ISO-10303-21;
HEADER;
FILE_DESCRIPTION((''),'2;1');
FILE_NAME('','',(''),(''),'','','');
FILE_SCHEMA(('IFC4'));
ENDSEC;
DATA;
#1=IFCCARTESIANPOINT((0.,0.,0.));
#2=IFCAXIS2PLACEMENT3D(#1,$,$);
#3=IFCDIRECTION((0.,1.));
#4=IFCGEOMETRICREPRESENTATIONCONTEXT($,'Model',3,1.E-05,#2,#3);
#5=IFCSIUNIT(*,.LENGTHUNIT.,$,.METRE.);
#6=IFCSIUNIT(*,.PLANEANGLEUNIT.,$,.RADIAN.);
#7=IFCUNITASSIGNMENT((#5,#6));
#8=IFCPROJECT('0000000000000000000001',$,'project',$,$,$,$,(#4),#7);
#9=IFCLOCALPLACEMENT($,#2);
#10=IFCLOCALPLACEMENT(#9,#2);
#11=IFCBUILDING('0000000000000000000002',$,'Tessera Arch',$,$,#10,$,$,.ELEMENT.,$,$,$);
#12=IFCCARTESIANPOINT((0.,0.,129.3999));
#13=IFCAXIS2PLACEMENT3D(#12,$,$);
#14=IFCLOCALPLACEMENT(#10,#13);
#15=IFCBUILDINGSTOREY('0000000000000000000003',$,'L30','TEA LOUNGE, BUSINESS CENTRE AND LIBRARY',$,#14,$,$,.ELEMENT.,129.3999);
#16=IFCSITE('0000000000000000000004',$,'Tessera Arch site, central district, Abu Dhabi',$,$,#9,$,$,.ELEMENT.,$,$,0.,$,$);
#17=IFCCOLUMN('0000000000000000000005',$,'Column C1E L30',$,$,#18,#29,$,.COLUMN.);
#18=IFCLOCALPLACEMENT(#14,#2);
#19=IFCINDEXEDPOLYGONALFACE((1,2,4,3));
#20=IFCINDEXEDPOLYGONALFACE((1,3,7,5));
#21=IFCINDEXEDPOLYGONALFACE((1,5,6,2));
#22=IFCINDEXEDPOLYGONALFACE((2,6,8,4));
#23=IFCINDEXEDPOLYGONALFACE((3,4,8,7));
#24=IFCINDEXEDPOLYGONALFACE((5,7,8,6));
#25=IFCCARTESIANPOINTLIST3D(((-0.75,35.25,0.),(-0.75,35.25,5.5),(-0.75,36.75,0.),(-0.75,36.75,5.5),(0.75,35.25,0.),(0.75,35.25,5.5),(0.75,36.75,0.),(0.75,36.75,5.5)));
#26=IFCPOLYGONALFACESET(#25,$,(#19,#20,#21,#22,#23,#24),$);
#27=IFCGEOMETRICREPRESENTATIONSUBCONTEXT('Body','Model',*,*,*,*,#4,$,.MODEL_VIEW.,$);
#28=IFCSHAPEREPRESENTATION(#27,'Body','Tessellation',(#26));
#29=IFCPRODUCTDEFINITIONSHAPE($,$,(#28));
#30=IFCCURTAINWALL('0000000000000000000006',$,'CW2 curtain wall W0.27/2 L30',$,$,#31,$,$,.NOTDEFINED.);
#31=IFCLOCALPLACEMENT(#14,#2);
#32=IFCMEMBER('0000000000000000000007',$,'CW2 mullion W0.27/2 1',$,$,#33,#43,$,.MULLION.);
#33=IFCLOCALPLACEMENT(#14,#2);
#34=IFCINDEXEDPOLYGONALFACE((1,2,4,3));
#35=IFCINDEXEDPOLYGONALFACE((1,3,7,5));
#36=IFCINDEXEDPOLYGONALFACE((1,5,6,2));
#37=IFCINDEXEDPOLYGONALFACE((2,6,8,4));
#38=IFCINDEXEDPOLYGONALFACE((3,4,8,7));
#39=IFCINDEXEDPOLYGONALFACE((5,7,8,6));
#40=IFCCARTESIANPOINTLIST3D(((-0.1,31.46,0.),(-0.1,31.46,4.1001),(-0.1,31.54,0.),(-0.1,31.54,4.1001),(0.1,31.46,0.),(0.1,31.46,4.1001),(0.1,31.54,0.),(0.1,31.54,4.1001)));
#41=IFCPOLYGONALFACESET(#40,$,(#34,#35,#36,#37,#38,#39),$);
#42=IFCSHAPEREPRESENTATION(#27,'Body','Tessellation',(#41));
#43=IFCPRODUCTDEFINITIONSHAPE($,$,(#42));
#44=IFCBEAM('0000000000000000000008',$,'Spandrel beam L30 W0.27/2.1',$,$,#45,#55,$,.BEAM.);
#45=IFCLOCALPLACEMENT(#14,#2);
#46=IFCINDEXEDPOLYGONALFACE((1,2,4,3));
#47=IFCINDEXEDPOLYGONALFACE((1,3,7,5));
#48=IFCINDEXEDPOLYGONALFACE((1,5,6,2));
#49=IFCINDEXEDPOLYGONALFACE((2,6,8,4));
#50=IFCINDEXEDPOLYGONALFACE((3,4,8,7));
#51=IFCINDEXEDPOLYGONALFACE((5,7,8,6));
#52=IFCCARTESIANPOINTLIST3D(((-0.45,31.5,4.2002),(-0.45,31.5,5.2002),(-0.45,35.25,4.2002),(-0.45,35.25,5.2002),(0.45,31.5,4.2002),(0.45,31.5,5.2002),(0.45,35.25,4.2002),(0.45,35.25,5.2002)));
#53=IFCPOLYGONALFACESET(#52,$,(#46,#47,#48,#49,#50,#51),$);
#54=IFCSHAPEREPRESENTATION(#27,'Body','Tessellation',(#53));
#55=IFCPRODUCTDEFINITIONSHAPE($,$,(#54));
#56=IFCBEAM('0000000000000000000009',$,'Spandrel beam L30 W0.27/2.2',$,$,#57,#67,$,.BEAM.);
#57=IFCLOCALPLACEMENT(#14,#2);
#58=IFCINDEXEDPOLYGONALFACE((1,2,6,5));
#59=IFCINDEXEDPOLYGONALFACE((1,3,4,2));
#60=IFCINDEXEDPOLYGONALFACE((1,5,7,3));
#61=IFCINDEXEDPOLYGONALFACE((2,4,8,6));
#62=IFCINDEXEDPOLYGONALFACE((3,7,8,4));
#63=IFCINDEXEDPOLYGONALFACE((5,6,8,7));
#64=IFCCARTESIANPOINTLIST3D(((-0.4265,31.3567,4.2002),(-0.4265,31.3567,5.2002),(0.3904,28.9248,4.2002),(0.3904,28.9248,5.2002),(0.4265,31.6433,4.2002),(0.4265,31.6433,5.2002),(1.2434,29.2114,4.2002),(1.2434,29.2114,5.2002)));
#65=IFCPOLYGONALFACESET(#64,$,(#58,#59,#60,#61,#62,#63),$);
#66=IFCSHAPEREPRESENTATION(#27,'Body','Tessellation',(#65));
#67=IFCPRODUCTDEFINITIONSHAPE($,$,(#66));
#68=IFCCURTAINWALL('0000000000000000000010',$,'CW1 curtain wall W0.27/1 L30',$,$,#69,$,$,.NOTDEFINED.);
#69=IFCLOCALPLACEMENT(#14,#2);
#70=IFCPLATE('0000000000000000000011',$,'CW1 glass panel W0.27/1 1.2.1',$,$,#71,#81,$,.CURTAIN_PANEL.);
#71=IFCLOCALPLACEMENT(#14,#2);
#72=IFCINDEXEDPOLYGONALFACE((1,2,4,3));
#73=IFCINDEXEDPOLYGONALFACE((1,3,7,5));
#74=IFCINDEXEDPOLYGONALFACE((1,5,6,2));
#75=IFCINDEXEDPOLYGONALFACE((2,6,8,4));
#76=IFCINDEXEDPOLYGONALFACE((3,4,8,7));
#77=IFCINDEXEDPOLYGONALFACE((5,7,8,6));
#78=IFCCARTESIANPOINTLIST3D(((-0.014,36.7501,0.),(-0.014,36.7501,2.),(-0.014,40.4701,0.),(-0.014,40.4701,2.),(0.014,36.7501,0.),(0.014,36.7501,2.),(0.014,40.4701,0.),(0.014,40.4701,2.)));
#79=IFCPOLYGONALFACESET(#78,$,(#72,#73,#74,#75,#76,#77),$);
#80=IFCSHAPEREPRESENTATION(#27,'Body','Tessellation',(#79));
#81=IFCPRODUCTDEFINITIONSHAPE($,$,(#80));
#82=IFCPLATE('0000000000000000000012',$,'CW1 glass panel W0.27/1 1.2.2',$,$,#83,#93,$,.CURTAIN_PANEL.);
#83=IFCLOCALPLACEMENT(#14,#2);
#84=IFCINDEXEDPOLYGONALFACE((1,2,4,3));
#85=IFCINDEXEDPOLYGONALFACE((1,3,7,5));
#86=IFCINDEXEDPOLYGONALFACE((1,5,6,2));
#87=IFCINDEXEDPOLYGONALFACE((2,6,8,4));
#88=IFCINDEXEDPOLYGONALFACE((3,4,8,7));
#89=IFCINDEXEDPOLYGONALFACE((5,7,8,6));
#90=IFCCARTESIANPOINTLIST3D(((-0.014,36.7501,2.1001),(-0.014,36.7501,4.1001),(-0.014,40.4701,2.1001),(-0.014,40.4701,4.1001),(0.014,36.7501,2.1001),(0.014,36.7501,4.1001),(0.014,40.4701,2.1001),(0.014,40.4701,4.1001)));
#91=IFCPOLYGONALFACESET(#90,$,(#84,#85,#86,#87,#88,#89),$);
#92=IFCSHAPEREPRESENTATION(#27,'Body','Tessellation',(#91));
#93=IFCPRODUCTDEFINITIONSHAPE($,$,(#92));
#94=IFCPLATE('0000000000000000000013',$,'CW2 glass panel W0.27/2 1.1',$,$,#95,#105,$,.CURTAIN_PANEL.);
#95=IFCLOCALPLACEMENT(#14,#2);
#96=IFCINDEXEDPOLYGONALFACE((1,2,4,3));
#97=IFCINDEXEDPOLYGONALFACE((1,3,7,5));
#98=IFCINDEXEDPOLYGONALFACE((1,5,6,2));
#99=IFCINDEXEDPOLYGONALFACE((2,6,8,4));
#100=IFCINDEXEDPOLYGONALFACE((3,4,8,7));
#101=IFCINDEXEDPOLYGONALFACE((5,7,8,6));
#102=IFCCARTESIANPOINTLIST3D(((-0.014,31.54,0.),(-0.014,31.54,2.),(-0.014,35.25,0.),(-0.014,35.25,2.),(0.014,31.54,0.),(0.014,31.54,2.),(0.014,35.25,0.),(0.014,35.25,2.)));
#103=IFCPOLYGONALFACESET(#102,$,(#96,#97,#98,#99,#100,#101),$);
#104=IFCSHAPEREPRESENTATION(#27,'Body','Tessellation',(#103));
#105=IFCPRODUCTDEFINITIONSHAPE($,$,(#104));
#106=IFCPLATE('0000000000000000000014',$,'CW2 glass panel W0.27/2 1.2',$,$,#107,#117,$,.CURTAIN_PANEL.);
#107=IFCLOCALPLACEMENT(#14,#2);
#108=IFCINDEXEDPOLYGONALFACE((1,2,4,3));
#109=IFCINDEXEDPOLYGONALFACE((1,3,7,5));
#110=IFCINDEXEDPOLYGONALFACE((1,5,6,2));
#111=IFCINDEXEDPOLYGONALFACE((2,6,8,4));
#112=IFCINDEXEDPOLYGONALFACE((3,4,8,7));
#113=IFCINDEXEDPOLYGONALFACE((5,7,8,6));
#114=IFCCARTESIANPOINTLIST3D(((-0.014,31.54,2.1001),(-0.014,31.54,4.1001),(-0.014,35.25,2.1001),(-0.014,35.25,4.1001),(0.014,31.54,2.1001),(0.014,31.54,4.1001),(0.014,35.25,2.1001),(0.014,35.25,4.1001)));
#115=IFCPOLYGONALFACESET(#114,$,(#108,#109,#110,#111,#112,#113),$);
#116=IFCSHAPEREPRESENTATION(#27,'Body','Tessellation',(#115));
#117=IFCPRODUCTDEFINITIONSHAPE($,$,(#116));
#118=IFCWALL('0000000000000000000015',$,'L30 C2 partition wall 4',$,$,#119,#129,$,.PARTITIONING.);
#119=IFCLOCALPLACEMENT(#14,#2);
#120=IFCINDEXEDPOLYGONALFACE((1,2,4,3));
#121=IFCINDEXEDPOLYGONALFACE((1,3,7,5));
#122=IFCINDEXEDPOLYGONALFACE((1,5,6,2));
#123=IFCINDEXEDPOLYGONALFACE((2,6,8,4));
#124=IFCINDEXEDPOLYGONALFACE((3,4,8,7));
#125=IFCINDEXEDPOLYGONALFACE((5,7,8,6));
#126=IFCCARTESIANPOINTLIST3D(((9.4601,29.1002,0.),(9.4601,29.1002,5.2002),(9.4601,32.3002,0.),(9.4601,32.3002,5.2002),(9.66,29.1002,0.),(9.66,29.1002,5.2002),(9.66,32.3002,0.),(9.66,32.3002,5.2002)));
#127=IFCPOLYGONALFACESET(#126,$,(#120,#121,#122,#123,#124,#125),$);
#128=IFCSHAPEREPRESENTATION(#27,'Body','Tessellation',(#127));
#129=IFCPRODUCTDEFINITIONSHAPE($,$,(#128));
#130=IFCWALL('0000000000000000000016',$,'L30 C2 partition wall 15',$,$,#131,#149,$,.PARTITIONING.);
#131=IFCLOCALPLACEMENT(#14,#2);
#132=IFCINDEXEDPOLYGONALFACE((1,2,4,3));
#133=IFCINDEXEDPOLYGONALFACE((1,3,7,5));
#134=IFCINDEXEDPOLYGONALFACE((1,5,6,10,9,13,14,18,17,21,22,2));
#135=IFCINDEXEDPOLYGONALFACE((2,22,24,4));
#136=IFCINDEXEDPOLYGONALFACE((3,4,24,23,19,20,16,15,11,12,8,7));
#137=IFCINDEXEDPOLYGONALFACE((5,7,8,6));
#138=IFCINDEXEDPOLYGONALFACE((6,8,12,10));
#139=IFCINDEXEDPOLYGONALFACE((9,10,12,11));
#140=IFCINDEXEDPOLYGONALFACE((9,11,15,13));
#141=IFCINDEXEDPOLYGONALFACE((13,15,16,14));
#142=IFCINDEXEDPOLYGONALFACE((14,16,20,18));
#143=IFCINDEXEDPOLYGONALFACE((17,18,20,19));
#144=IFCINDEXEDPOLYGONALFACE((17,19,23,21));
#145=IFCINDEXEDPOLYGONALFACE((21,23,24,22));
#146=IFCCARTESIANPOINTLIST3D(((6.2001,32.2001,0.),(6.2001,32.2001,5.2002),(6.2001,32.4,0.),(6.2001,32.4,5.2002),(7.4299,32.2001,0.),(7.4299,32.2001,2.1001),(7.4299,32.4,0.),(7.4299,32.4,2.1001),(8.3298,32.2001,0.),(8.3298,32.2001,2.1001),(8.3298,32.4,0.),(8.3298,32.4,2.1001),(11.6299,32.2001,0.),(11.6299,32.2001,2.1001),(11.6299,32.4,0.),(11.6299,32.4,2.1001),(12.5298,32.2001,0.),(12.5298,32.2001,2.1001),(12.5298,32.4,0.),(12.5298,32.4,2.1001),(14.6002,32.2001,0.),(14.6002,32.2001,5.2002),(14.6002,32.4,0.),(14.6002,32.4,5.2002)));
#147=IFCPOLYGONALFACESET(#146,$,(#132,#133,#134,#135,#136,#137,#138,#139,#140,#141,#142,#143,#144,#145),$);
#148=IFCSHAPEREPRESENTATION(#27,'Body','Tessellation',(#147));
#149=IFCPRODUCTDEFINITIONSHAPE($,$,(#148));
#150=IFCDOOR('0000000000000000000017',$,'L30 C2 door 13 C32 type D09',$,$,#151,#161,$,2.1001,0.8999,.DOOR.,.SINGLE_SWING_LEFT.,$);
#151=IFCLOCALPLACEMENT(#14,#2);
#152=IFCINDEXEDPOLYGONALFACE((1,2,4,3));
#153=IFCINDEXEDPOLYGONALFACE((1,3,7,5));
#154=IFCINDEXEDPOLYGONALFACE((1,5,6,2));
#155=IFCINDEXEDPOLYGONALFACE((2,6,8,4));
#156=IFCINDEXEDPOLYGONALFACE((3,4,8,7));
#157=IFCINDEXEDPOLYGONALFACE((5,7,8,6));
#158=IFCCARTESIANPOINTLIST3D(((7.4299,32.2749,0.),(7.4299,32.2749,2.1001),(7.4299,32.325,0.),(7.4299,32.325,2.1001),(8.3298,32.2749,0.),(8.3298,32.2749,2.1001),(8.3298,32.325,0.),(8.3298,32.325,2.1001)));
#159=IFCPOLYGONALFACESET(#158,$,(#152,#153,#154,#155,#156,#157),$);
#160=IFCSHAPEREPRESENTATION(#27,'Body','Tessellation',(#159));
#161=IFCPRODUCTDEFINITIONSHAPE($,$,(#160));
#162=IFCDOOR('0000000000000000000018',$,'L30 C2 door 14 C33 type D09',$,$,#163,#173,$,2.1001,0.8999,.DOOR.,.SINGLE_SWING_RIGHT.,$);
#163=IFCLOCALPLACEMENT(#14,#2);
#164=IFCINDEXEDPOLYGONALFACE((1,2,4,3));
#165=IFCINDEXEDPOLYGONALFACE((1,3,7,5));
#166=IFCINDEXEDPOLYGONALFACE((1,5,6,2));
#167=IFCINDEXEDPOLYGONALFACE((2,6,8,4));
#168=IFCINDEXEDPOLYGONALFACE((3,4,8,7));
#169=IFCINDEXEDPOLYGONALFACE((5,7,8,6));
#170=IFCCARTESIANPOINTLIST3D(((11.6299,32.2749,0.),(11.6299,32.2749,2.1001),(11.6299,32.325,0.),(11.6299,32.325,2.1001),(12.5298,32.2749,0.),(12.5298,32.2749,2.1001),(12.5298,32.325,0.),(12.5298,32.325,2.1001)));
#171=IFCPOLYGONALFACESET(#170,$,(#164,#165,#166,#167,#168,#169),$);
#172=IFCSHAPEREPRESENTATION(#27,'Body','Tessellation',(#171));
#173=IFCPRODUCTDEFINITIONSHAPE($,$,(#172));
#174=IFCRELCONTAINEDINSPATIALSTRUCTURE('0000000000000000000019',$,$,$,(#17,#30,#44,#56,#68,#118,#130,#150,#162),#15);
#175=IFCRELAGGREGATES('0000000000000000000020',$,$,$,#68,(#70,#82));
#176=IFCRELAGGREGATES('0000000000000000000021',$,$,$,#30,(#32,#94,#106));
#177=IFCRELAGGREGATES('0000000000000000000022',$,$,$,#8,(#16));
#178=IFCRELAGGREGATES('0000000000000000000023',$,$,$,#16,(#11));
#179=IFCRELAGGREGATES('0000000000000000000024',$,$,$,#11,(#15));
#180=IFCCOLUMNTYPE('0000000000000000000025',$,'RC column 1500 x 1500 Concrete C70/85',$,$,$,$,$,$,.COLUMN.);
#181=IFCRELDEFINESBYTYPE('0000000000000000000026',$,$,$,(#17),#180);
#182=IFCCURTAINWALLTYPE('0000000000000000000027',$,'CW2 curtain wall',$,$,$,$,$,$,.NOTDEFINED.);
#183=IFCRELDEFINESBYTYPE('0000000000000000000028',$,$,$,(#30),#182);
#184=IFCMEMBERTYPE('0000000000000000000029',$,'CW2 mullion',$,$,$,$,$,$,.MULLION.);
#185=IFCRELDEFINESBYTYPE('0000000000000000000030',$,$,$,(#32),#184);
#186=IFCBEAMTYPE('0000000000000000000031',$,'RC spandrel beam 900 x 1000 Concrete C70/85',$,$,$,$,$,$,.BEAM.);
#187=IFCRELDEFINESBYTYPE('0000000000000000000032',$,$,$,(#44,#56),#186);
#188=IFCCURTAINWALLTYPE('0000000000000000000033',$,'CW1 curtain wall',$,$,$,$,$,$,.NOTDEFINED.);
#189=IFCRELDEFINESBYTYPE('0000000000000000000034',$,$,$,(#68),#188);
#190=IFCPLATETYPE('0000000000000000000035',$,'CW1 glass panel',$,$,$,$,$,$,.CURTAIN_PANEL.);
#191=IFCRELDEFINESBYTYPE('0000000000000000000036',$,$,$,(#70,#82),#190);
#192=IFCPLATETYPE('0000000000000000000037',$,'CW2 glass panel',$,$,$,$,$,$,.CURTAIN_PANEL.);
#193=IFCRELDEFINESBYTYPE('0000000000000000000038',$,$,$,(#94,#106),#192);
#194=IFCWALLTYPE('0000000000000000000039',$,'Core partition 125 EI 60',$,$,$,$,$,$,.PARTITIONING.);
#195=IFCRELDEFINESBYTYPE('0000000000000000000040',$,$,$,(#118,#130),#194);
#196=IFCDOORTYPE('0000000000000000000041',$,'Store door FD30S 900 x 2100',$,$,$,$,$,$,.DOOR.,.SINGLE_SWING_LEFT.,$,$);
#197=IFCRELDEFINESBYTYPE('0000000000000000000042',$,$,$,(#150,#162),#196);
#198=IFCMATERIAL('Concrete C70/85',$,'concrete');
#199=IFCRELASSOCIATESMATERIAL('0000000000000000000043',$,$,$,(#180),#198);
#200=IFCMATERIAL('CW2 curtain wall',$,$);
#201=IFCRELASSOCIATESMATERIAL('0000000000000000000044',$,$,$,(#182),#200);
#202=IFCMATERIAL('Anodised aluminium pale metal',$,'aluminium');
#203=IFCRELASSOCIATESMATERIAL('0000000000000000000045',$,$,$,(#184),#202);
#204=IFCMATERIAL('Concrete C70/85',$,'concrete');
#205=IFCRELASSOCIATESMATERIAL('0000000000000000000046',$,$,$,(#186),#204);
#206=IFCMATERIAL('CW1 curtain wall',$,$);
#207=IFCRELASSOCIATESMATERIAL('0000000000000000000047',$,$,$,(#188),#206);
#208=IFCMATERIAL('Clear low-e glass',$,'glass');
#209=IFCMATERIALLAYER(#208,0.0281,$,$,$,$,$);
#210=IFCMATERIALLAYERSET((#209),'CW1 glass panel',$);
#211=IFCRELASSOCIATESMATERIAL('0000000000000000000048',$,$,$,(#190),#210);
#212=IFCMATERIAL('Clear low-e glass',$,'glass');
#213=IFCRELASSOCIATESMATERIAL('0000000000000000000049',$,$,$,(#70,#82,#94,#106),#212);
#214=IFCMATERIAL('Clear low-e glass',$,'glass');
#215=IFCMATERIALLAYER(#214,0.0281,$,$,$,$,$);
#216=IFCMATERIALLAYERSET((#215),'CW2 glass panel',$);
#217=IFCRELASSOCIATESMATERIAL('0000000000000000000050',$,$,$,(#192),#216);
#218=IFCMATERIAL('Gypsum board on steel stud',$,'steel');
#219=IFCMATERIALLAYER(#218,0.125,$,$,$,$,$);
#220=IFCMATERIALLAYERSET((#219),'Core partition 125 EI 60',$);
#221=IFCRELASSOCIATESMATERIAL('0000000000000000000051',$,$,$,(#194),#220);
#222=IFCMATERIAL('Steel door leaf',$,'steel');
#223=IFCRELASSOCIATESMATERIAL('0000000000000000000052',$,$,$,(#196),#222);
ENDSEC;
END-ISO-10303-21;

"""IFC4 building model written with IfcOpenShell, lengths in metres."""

from ifc_helpers import new_model, si_unit, direction, frame, frame_2d, origin, origin_2d, place, context, subcontext, project, spatial, rectangle, extrude, material, layer, layer_set, material_profile, profile_set, type_object, element, fill, aggregate, save


model = new_model("IFC4")

# Units and contexts
model_context = context("Model", 3, precision=1e-05, world=origin(), true_north=direction((0.0, 1.0)))
body_context = subcontext(model_context, "Body", "Model", "MODEL_VIEW")
ifc_project = project(units=[si_unit("LENGTHUNIT", "METRE"), si_unit("PLANEANGLEUNIT", "RADIAN")], contexts=[model_context])

# Site, building, storey
site_placement = place(None, origin())
site = spatial("IfcSite", under=ifc_project, at=site_placement, Name="Tessera Arch site, central district, Abu Dhabi", CompositionType="ELEMENT", RefElevation=0.0)
building_placement = place(site_placement, origin())
building = spatial("IfcBuilding", under=site, at=building_placement, Name="Tessera Arch", CompositionType="ELEMENT")
storey_placement = place(building_placement, frame((0.0, 0.0, 129.3999)))
storey = spatial("IfcBuildingStorey", under=building, at=storey_placement, Name="L30", Description="TEA LOUNGE, BUSINESS CENTRE AND LIBRARY", CompositionType="ELEMENT", Elevation=129.3999)

# Column
ifc_material_1 = material(Name="Concrete C70/85", Category="concrete")
ifc_material_profile_1 = material_profile(ifc_material_1, rectangle(XDim=1.5, YDim=1.5, at=origin_2d()), Name="RC column 1500 x 1500 Concrete C70/85")
ifc_profile_set_1 = profile_set([ifc_material_profile_1], Name="Concrete C70/85")
column_type = type_object("IfcColumnType", Name="RC column 1500 x 1500 Concrete C70/85", PredefinedType="COLUMN", material=ifc_profile_set_1)
column_placement = place(storey_placement, frame((0.0, 36.0, 0.0), z_axis=(0.0, 0.0, 1.0), x_axis=(1.0, 0.0, 0.0)))
element("IfcColumn", 1, at=column_placement, inside=storey, type_object=column_type, Name="Column C1E L30", PredefinedType="COLUMN", context=body_context, shape_type="SweptSolid", body=[
    extrude(rectangle(XDim=1.5, YDim=1.5, at=origin_2d()), origin(), (0.0, 0.0, 1.0), 5.5),
])

# Curtain wall, member
ifc_material_2 = material(Name="CW2 curtain wall")
curtain_wall_type_1 = type_object("IfcCurtainWallType", Name="CW2 curtain wall", PredefinedType="NOTDEFINED", material=ifc_material_2)
curtain_wall_1_placement = place(storey_placement, origin())
curtain_wall_1 = element("IfcCurtainWall", 2, at=curtain_wall_1_placement, inside=storey, type_object=curtain_wall_type_1, Name="CW2 curtain wall W0.27/2 L30", PredefinedType="NOTDEFINED")
ifc_material_3 = material(Name="Anodised aluminium pale metal", Category="aluminium")
ifc_material_profile_2 = material_profile(ifc_material_3, rectangle(XDim=0.2, YDim=0.0801, at=origin_2d()), Name="AL 80x200")
ifc_profile_set_2 = profile_set([ifc_material_profile_2], Name="Anodised aluminium pale metal")
member_type = type_object("IfcMemberType", Name="CW2 mullion", PredefinedType="MULLION", material=ifc_profile_set_2)
member_placement = place(storey_placement, frame((0.0, 31.5, 0.0), z_axis=(0.0, 0.0, 1.0), x_axis=(1.0, 0.0, 0.0)))
member = element("IfcMember", 3, at=member_placement, type_object=member_type, Name="CW2 mullion W0.27/2 1", PredefinedType="MULLION", context=body_context, shape_type="SweptSolid", body=[
    extrude(rectangle(XDim=0.2, YDim=0.0801, at=origin_2d()), origin(), (0.0, 0.0, 1.0), 4.1001),
])

# Beams
ifc_material_4 = material(Name="Concrete C70/85", Category="concrete")
ifc_material_profile_3 = material_profile(ifc_material_4, rectangle(XDim=0.8999, YDim=1.0, at=origin_2d()), Name="RC spandrel beam 900 x 1000 Concrete C70/85")
ifc_profile_set_3 = profile_set([ifc_material_profile_3], Name="Concrete C70/85")
beam_type = type_object("IfcBeamType", Name="RC spandrel beam 900 x 1000 Concrete C70/85", PredefinedType="BEAM", material=ifc_profile_set_3)
beam_1_placement = place(storey_placement, frame((0.0, 35.25, 4.7002), z_axis=(0.0, -1.0, 0.0), x_axis=(1.0, 0.0, 0.0)))
element("IfcBeam", 4, at=beam_1_placement, inside=storey, type_object=beam_type, Name="Spandrel beam L30 W0.27/2.1", PredefinedType="BEAM", context=body_context, shape_type="SweptSolid", body=[
    extrude(rectangle(XDim=0.8999, YDim=1.0, at=origin_2d()), origin(), (0.0, 0.0, 1.0), 3.75),
])
beam_2_placement = place(storey_placement, frame((0.0, 31.5, 4.7002), z_axis=(0.318425, -0.947948, 0.0), x_axis=(0.947948, 0.318425, 0.0)))
element("IfcBeam", 5, at=beam_2_placement, inside=storey, type_object=beam_type, Name="Spandrel beam L30 W0.27/2.2", PredefinedType="BEAM", context=body_context, shape_type="SweptSolid", body=[
    extrude(rectangle(XDim=0.8999, YDim=1.0, at=origin_2d()), origin(), (0.0, 0.0, 1.0), 2.5654),
])

# Curtain wall, plates
ifc_material_5 = material(Name="CW1 curtain wall")
curtain_wall_type_2 = type_object("IfcCurtainWallType", Name="CW1 curtain wall", PredefinedType="NOTDEFINED", material=ifc_material_5)
curtain_wall_2_placement = place(storey_placement, origin())
curtain_wall_2 = element("IfcCurtainWall", 6, at=curtain_wall_2_placement, inside=storey, type_object=curtain_wall_type_2, Name="CW1 curtain wall W0.27/1 L30", PredefinedType="NOTDEFINED")
ifc_material_6 = material(Name="Clear low-e glass", Category="glass")
ifc_material_7 = material(Name="Clear low-e glass", Category="glass")
ifc_layer_1 = layer(ifc_material_7, 0.0281)
ifc_layer_set_1 = layer_set([ifc_layer_1], Name="CW1 glass panel")
plate_type_1 = type_object("IfcPlateType", Name="CW1 glass panel", PredefinedType="CURTAIN_PANEL", material=ifc_layer_set_1)
plate_1_placement = place(storey_placement, frame((0.0, 38.6101, 0.0), z_axis=(0.0, 0.0, 1.0), x_axis=(0.0, -1.0, 0.0)))
plate_1 = element("IfcPlate", 7, at=plate_1_placement, type_object=plate_type_1, material=ifc_material_6, Name="CW1 glass panel W0.27/1 1.2.1", PredefinedType="CURTAIN_PANEL", context=body_context, shape_type="SweptSolid", body=[
    extrude(rectangle(XDim=3.72, YDim=0.0281, at=origin_2d()), origin(), (0.0, 0.0, 1.0), 2.0),
])
plate_2_placement = place(storey_placement, frame((0.0, 38.6101, 2.1001), z_axis=(0.0, 0.0, 1.0), x_axis=(0.0, -1.0, 0.0)))
plate_2 = element("IfcPlate", 8, at=plate_2_placement, type_object=plate_type_1, material=ifc_material_6, Name="CW1 glass panel W0.27/1 1.2.2", PredefinedType="CURTAIN_PANEL", context=body_context, shape_type="SweptSolid", body=[
    extrude(rectangle(XDim=3.72, YDim=0.0281, at=origin_2d()), origin(), (0.0, 0.0, 1.0), 2.0),
])
aggregate(curtain_wall_2, [plate_1, plate_2])

# Plates
ifc_material_8 = material(Name="Clear low-e glass", Category="glass")
ifc_layer_2 = layer(ifc_material_8, 0.0281)
ifc_layer_set_2 = layer_set([ifc_layer_2], Name="CW2 glass panel")
plate_type_2 = type_object("IfcPlateType", Name="CW2 glass panel", PredefinedType="CURTAIN_PANEL", material=ifc_layer_set_2)
plate_3_placement = place(storey_placement, frame((0.0, 33.395, 0.0), z_axis=(0.0, 0.0, 1.0), x_axis=(0.0, -1.0, 0.0)))
plate_3 = element("IfcPlate", 9, at=plate_3_placement, type_object=plate_type_2, material=ifc_material_6, Name="CW2 glass panel W0.27/2 1.1", PredefinedType="CURTAIN_PANEL", context=body_context, shape_type="SweptSolid", body=[
    extrude(rectangle(XDim=3.71, YDim=0.0281, at=origin_2d()), origin(), (0.0, 0.0, 1.0), 2.0),
])
plate_4_placement = place(storey_placement, frame((0.0, 33.395, 2.1001), z_axis=(0.0, 0.0, 1.0), x_axis=(0.0, -1.0, 0.0)))
plate_4 = element("IfcPlate", 10, at=plate_4_placement, type_object=plate_type_2, material=ifc_material_6, Name="CW2 glass panel W0.27/2 1.2", PredefinedType="CURTAIN_PANEL", context=body_context, shape_type="SweptSolid", body=[
    extrude(rectangle(XDim=3.71, YDim=0.0281, at=origin_2d()), origin(), (0.0, 0.0, 1.0), 2.0),
])
aggregate(curtain_wall_1, [member, plate_3, plate_4])

# Wall
ifc_material_9 = material(Name="Gypsum board on steel stud", Category="steel")
ifc_layer_3 = layer(ifc_material_9, 0.125)
ifc_layer_set_3 = layer_set([ifc_layer_3], Name="Core partition 125 EI 60")
wall_type_1 = type_object("IfcWallType", Name="Core partition 125 EI 60", PredefinedType="PARTITIONING", material=ifc_layer_set_3)
wall_1_placement = place(storey_placement, frame((9.5601, 29.1001, 0.0), z_axis=(0.0, 0.0, 1.0), x_axis=(0.0, 1.0, 0.0)))
element("IfcWall", 11, at=wall_1_placement, inside=storey, type_object=wall_type_1, Name="L30 C2 partition wall 4", PredefinedType="PARTITIONING", context=body_context, shape_type="SweptSolid", body=[
    extrude(rectangle(XDim=3.2, YDim=0.2, at=frame_2d((1.6001, 0.0))), origin(), (0.0, 0.0, 1.0), 5.2002),
])

# Wall, openings, doors
wall_2_placement = place(storey_placement, frame((6.2, 32.3, 0.0), z_axis=(0.0, 0.0, 1.0), x_axis=(1.0, 0.0, 0.0)))
wall_2 = element("IfcWall", 12, at=wall_2_placement, inside=storey, type_object=wall_type_1, Name="L30 C2 partition wall 15", PredefinedType="PARTITIONING", context=body_context, shape_type="SweptSolid", body=[
    extrude(rectangle(XDim=8.4001, YDim=0.2, at=frame_2d((4.2002, 0.0))), origin(), (0.0, 0.0, 1.0), 5.2002),
])
opening_1_placement = place(wall_2_placement, frame((1.23, 0.0, 0.0)))
opening_1 = element("IfcOpeningElement", 13, at=opening_1_placement, cuts=wall_2, PredefinedType="OPENING", context=body_context, shape_type="SweptSolid", body=[
    extrude(rectangle(XDim=0.8999, YDim=2.1001, at=frame_2d((0.45, 1.05))), frame((0.0, 0.1099, 0.0), z_axis=(0.0, -1.0, 0.0), x_axis=(1.0, 0.0, 0.0)), (0.0, 0.0, 1.0), 0.22),
])
opening_2_placement = place(wall_2_placement, frame((5.4299, 0.0, 0.0)))
opening_2 = element("IfcOpeningElement", 14, at=opening_2_placement, cuts=wall_2, PredefinedType="OPENING", context=body_context, shape_type="SweptSolid", body=[
    extrude(rectangle(XDim=0.8999, YDim=2.1001, at=frame_2d((0.45, 1.05))), frame((0.0, 0.1099, 0.0), z_axis=(0.0, -1.0, 0.0), x_axis=(1.0, 0.0, 0.0)), (0.0, 0.0, 1.0), 0.22),
])
ifc_material_10 = material(Name="Steel door leaf", Category="steel")
door_type_1 = type_object("IfcDoorType", Name="Store door FD30S 900 x 2100", OperationType="SINGLE_SWING_LEFT", PredefinedType="DOOR", material=ifc_material_10)
door_1_placement = place(opening_1_placement, origin())
door_1 = element("IfcDoor", 15, at=door_1_placement, inside=storey, type_object=door_type_1, Name="L30 C2 door 13 C32 type D09", OperationType="SINGLE_SWING_LEFT", OverallHeight=2.1001, OverallWidth=0.8999, PredefinedType="DOOR", context=body_context, shape_type="SweptSolid", body=[
    extrude(rectangle(XDim=0.8999, YDim=2.1001, at=frame_2d((0.45, 1.05))), frame((0.0, 0.0249, 0.0), z_axis=(0.0, -1.0, 0.0), x_axis=(1.0, 0.0, 0.0)), (0.0, 0.0, 1.0), 0.05),
])
fill(opening_1, door_1)
door_2_placement = place(opening_2_placement, origin())
door_2 = element("IfcDoor", 16, at=door_2_placement, inside=storey, type_object=door_type_1, Name="L30 C2 door 14 C33 type D09", OperationType="SINGLE_SWING_RIGHT", OverallHeight=2.1001, OverallWidth=0.8999, PredefinedType="DOOR", context=body_context, shape_type="SweptSolid", body=[
    extrude(rectangle(XDim=0.8999, YDim=2.1001, at=frame_2d((0.45, 1.05))), frame((0.0, 0.0249, 0.0), z_axis=(0.0, -1.0, 0.0), x_axis=(1.0, 0.0, 0.0)), (0.0, 0.0, 1.0), 0.05),
])
fill(opening_2, door_2)

save(model, "model.ifc")
